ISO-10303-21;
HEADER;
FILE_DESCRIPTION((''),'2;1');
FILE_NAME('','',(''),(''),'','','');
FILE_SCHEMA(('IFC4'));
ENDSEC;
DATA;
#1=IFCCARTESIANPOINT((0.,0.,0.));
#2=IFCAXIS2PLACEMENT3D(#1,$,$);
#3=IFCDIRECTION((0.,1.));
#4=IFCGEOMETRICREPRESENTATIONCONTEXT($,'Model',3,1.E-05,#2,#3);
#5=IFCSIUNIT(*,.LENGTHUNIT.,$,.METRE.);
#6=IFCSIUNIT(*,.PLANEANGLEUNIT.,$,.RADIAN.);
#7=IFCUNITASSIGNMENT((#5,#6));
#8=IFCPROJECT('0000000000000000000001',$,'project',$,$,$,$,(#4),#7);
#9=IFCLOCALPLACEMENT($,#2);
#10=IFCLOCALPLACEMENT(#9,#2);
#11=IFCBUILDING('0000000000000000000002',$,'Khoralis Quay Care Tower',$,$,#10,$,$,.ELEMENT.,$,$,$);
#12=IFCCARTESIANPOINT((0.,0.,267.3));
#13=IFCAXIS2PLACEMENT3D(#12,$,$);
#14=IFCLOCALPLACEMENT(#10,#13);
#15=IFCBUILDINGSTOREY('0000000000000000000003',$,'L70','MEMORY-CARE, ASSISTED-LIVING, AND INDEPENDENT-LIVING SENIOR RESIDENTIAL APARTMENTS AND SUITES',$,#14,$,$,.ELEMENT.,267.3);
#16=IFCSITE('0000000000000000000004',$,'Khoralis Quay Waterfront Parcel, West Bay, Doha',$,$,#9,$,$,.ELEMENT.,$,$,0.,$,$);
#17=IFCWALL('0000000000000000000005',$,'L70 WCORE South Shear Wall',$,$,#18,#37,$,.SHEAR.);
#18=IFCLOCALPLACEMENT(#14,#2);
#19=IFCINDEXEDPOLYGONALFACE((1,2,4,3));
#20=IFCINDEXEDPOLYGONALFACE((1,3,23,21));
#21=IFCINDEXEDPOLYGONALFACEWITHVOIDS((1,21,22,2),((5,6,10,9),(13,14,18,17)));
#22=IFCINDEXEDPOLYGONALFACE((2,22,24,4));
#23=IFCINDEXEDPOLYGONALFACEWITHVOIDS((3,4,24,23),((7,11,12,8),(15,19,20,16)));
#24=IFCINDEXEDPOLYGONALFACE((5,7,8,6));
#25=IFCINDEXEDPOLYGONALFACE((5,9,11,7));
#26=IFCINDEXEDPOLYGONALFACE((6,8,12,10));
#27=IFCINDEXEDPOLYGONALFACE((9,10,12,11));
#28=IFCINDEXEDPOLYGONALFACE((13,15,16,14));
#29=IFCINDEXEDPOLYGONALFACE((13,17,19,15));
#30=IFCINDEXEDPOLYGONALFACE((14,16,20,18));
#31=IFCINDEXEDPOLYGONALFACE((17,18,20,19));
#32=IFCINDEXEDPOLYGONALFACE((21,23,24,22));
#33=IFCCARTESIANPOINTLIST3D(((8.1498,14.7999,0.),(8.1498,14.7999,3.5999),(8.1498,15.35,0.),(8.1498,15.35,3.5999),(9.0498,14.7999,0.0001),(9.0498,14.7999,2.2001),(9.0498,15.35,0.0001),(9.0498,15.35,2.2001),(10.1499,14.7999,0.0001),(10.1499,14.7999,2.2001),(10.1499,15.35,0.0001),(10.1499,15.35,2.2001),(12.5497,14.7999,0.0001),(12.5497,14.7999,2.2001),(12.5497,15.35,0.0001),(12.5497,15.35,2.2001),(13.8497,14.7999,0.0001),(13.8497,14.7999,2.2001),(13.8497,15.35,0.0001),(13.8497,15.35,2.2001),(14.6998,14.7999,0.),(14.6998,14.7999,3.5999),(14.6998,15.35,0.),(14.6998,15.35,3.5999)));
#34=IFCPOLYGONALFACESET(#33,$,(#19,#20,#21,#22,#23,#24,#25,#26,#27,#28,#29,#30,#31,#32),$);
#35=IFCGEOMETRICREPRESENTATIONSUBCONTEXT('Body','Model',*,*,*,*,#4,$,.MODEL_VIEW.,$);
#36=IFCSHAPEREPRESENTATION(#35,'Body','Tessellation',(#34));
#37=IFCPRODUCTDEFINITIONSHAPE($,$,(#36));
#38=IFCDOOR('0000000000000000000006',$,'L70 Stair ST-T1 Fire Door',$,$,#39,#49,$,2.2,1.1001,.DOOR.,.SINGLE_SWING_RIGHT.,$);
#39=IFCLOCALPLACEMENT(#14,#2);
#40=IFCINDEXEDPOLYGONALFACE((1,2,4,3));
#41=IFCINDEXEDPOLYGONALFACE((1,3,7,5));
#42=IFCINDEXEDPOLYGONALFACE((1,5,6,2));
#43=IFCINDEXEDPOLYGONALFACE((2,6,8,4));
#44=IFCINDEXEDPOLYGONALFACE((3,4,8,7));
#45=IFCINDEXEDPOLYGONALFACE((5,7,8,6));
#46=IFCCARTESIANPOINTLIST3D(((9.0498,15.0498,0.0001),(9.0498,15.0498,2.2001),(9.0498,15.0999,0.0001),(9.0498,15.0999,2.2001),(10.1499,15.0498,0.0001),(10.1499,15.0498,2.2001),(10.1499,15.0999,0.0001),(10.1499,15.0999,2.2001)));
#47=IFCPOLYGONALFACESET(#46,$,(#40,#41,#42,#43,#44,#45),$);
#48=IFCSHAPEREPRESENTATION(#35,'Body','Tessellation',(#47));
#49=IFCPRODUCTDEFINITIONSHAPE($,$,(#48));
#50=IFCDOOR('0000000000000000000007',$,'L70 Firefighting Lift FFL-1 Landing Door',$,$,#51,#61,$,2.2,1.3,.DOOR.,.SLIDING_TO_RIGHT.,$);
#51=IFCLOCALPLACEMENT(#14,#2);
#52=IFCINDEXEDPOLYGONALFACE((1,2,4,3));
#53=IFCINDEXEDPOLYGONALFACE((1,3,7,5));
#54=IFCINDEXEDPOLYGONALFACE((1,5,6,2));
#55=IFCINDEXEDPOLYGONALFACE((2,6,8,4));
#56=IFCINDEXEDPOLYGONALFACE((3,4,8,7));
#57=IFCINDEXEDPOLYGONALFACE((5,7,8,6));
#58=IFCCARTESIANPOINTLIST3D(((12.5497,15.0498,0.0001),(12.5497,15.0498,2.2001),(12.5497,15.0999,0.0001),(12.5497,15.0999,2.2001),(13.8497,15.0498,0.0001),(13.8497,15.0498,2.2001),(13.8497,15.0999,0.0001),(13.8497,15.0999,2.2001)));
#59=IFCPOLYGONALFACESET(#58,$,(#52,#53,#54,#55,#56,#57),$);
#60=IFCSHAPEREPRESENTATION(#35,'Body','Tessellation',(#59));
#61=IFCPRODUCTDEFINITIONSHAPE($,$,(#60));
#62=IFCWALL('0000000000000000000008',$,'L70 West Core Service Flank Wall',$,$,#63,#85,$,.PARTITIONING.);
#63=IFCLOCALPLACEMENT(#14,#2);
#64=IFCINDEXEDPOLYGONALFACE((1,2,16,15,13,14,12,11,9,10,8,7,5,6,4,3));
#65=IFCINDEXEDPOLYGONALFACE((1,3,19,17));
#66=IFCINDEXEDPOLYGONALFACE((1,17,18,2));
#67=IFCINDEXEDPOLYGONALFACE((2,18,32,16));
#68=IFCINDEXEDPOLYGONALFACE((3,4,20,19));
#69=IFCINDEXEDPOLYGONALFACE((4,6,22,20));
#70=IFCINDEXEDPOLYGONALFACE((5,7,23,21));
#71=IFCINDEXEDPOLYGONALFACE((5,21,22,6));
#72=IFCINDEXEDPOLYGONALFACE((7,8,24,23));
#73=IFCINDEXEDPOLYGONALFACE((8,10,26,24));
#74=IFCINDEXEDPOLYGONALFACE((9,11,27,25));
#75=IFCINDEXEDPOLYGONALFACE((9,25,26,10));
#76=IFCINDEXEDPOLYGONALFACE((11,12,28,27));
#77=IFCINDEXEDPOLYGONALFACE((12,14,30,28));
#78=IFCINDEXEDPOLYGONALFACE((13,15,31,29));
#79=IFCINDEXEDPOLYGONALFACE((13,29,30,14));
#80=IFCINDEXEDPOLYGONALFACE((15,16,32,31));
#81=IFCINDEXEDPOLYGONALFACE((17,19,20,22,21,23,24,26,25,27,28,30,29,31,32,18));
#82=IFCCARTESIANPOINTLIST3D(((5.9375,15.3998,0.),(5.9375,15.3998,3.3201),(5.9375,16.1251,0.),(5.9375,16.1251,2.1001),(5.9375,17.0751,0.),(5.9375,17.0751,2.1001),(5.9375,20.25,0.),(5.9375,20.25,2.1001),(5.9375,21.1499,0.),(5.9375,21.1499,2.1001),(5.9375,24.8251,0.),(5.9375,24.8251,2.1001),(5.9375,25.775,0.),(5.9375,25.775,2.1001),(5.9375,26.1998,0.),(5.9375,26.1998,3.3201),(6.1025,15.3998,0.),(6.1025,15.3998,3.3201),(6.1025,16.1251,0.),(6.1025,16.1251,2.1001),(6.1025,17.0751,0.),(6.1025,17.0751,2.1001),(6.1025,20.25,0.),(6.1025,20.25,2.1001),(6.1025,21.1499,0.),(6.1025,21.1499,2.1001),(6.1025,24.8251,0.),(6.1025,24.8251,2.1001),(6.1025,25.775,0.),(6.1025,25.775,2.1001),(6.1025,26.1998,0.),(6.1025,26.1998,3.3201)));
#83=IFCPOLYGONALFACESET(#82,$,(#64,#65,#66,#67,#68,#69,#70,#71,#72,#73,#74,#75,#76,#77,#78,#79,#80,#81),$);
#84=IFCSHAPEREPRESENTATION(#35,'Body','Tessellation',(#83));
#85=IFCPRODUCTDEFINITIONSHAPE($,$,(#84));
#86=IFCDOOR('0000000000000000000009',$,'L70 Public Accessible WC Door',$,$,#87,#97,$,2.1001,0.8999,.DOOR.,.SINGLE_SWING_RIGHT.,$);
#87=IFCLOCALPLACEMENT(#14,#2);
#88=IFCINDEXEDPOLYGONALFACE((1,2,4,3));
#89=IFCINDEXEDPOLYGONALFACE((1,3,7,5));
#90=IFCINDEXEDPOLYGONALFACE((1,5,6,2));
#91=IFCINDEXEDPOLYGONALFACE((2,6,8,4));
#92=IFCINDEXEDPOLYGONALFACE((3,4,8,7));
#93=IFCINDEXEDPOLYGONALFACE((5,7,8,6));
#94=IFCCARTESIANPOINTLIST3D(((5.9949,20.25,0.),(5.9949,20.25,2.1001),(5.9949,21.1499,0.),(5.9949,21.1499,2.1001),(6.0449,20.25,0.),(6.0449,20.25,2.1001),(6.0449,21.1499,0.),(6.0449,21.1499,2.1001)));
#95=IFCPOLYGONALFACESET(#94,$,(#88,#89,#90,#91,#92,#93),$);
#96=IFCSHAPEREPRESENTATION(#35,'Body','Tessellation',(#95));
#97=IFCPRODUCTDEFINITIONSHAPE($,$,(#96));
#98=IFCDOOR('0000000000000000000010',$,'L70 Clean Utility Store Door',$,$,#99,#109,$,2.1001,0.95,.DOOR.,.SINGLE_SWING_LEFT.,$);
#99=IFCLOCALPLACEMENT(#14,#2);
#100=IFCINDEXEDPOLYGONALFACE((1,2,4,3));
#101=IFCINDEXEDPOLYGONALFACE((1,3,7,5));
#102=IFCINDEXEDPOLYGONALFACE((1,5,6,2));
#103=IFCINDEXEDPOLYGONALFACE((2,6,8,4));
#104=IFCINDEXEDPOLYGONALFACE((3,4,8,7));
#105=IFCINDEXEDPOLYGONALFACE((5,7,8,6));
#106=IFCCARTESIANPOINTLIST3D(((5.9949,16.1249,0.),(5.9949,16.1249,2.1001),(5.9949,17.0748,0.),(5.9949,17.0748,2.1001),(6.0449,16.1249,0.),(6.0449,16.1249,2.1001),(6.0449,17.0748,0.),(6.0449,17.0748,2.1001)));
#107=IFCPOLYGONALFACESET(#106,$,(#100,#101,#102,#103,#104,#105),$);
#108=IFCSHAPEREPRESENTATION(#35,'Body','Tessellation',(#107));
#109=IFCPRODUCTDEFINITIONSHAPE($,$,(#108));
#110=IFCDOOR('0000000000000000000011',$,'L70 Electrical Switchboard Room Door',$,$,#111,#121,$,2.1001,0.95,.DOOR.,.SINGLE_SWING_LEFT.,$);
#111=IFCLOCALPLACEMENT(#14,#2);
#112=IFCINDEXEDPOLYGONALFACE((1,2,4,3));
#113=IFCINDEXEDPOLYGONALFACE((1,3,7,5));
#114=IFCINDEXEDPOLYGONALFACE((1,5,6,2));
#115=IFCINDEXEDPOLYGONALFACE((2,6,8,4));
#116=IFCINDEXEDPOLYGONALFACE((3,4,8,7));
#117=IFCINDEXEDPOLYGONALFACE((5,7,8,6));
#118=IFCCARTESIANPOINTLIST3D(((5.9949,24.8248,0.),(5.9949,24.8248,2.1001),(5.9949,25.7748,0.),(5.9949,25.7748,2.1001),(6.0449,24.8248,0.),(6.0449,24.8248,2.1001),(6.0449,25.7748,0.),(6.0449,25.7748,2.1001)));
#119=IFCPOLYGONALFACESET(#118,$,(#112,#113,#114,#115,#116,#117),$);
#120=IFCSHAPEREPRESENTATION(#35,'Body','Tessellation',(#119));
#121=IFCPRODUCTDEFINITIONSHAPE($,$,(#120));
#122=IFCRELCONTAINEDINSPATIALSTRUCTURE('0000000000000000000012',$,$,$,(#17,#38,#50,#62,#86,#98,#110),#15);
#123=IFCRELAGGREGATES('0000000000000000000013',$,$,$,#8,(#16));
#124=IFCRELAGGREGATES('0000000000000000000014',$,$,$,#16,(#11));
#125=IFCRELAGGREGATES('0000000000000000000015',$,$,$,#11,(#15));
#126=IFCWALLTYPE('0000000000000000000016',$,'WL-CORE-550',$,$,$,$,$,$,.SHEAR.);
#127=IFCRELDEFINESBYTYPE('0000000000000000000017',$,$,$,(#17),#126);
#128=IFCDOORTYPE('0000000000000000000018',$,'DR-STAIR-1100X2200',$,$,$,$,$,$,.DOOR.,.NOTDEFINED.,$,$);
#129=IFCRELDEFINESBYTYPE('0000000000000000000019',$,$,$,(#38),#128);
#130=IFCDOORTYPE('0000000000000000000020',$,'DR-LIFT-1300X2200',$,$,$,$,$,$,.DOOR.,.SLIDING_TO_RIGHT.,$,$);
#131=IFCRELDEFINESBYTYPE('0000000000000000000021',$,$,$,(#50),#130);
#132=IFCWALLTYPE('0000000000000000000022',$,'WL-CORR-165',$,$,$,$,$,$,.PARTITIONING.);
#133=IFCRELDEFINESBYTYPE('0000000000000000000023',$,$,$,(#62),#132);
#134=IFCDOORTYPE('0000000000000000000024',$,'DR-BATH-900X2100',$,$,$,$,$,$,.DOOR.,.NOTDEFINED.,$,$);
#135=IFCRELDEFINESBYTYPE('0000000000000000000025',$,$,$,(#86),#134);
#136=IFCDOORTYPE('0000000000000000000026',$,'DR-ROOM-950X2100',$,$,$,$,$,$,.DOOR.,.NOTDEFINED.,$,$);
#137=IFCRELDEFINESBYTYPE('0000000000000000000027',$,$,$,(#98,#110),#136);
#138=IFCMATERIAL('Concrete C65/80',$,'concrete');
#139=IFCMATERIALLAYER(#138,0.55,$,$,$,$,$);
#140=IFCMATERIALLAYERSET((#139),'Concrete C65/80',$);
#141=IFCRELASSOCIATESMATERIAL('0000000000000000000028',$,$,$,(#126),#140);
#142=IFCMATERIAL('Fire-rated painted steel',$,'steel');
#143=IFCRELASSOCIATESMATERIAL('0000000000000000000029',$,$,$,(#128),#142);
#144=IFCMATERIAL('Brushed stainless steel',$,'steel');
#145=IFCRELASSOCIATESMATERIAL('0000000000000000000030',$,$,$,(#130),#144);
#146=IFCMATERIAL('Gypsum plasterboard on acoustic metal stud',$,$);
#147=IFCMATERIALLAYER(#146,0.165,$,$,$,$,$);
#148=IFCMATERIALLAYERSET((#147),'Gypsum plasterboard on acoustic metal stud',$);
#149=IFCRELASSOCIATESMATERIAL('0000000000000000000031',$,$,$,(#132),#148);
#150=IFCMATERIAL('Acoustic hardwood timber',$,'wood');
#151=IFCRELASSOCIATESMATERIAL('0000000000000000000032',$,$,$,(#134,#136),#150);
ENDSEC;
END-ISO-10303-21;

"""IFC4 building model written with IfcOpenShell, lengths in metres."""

from ifc_helpers import new_model, si_unit, direction, frame, frame_2d, origin, place, context, subcontext, project, spatial, rectangle, extrude, source, transform, mapped, material, layer, layer_set, type_object, element, fill, save


model = new_model("IFC4")

# Units and contexts
model_context = context("Model", 3, precision=1e-05, world=origin(), true_north=direction((0.0, 1.0)))
body_context = subcontext(model_context, "Body", "Model", "MODEL_VIEW")
ifc_project = project(units=[si_unit("LENGTHUNIT", "METRE"), si_unit("PLANEANGLEUNIT", "RADIAN")], contexts=[model_context])

# Site, building, storey
site_placement = place(None, origin())
site = spatial("IfcSite", under=ifc_project, at=site_placement, Name="Khoralis Quay Waterfront Parcel, West Bay, Doha", CompositionType="ELEMENT", RefElevation=0.0)
building_placement = place(site_placement, origin())
building = spatial("IfcBuilding", under=site, at=building_placement, Name="Khoralis Quay Care Tower", CompositionType="ELEMENT")
storey_placement = place(building_placement, frame((0.0, 0.0, 267.3)))
storey = spatial("IfcBuildingStorey", under=building, at=storey_placement, Name="L70", Description="MEMORY-CARE, ASSISTED-LIVING, AND INDEPENDENT-LIVING SENIOR RESIDENTIAL APARTMENTS AND SUITES", CompositionType="ELEMENT", Elevation=267.3)

# Shared definitions
ifc_material_1 = material(Name="Concrete C65/80", Category="concrete")
ifc_layer_1 = layer(ifc_material_1, 0.55)
ifc_layer_set_1 = layer_set([ifc_layer_1], Name="Concrete C65/80")
wall_type_1 = type_object("IfcWallType", Name="WL-CORE-550", PredefinedType="SHEAR", material=ifc_layer_set_1)

# Walls, openings, doors
wall_1_placement = place(storey_placement, frame((8.1499, 15.075, 0.0), z_axis=(0.0, 0.0, 1.0), x_axis=(1.0, 0.0, 0.0)))
wall_1 = element("IfcWall", 1, at=wall_1_placement, inside=storey, type_object=wall_type_1, Name="L70 WCORE South Shear Wall", PredefinedType="SHEAR", context=body_context, shape_type="SweptSolid", body=[
    extrude(rectangle(XDim=6.55, YDim=0.55, at=frame_2d((3.2749, 0.0))), origin(), (0.0, 0.0, 1.0), 3.5999),
])
opening_1_placement = place(wall_1_placement, frame((0.8999, 0.0, 0.0)))
opening_1 = element("IfcOpeningElement", 2, at=opening_1_placement, cuts=wall_1, PredefinedType="OPENING", context=body_context, shape_type="SweptSolid", body=[
    extrude(rectangle(XDim=1.1001, YDim=2.2, at=frame_2d((0.55, 1.1001))), frame((0.0, 0.2852, 0.0), z_axis=(0.0, -1.0, 0.0), x_axis=(1.0, 0.0, 0.0)), (0.0, 0.0, 1.0), 0.5701),
])
opening_2_placement = place(wall_1_placement, frame((4.3999, 0.0, 0.0)))
opening_2 = element("IfcOpeningElement", 3, at=opening_2_placement, cuts=wall_1, PredefinedType="OPENING", context=body_context, shape_type="SweptSolid", body=[
    extrude(rectangle(XDim=1.3, YDim=2.2, at=frame_2d((0.6499, 1.1001))), frame((0.0, 0.2852, 0.0), z_axis=(0.0, -1.0, 0.0), x_axis=(1.0, 0.0, 0.0)), (0.0, 0.0, 1.0), 0.5701),
])
ifc_material_2 = material(Name="Fire-rated painted steel", Category="steel")
door_type_1 = type_object("IfcDoorType", Name="DR-STAIR-1100X2200", OperationType="NOTDEFINED", PredefinedType="DOOR", material=ifc_material_2)
shared_shape_1 = source(origin(), body_context, "Body", "SweptSolid", [
    extrude(rectangle(XDim=1.1001, YDim=2.2, at=frame_2d((0.55, 1.1001))), frame((0.0, 0.0249, 0.0), z_axis=(0.0, -1.0, 0.0), x_axis=(1.0, 0.0, 0.0)), (0.0, 0.0, 1.0), 0.05),
])
door_1_placement = place(opening_1_placement, origin())
door_1 = element("IfcDoor", 4, at=door_1_placement, inside=storey, type_object=door_type_1, Name="L70 Stair ST-T1 Fire Door", OperationType="SINGLE_SWING_RIGHT", OverallHeight=2.2, OverallWidth=1.1001, PredefinedType="DOOR", context=body_context, shape_type="MappedRepresentation", body=[
    mapped(shared_shape_1, transform((0.0, 0.0, 0.0), scale=1.0)),
])
fill(opening_1, door_1)
ifc_material_3 = material(Name="Brushed stainless steel", Category="steel")
door_type_2 = type_object("IfcDoorType", Name="DR-LIFT-1300X2200", OperationType="SLIDING_TO_RIGHT", PredefinedType="DOOR", material=ifc_material_3)
shared_shape_2 = source(origin(), body_context, "Body", "SweptSolid", [
    extrude(rectangle(XDim=1.3, YDim=2.2, at=frame_2d((0.6499, 1.1001))), frame((0.0, 0.0249, 0.0), z_axis=(0.0, -1.0, 0.0), x_axis=(1.0, 0.0, 0.0)), (0.0, 0.0, 1.0), 0.05),
])
door_2_placement = place(opening_2_placement, origin())
door_2 = element("IfcDoor", 5, at=door_2_placement, inside=storey, type_object=door_type_2, Name="L70 Firefighting Lift FFL-1 Landing Door", OperationType="SLIDING_TO_RIGHT", OverallHeight=2.2, OverallWidth=1.3, PredefinedType="DOOR", context=body_context, shape_type="MappedRepresentation", body=[
    mapped(shared_shape_2, transform((0.0, 0.0, 0.0), scale=1.0)),
])
fill(opening_2, door_2)
ifc_material_4 = material(Name="Gypsum plasterboard on acoustic metal stud")
ifc_layer_2 = layer(ifc_material_4, 0.165)
ifc_layer_set_2 = layer_set([ifc_layer_2], Name="Gypsum plasterboard on acoustic metal stud")
wall_type_2 = type_object("IfcWallType", Name="WL-CORR-165", PredefinedType="PARTITIONING", material=ifc_layer_set_2)
wall_2_placement = place(storey_placement, frame((6.02, 15.3999, 0.0), z_axis=(0.0, 0.0, 1.0), x_axis=(0.0, 1.0, 0.0)))
wall_2 = element("IfcWall", 6, at=wall_2_placement, inside=storey, type_object=wall_type_2, Name="L70 West Core Service Flank Wall", PredefinedType="PARTITIONING", context=body_context, shape_type="SweptSolid", body=[
    extrude(rectangle(XDim=10.8, YDim=0.165, at=frame_2d((5.3999, 0.0))), origin(), (0.0, 0.0, 1.0), 3.3201),
])
opening_3_placement = place(wall_2_placement, frame((0.7251, 0.0, 0.0)))
opening_3 = element("IfcOpeningElement", 7, at=opening_3_placement, cuts=wall_2, PredefinedType="OPENING", context=body_context, shape_type="SweptSolid", body=[
    extrude(rectangle(XDim=0.95, YDim=2.1001, at=frame_2d((0.4751, 1.05))), frame((0.0, 0.0925, 0.0), z_axis=(0.0, -1.0, 0.0), x_axis=(1.0, 0.0, 0.0)), (0.0, 0.0, 1.0), 0.1851),
])
opening_4_placement = place(wall_2_placement, frame((4.8501, 0.0, 0.0)))
opening_4 = element("IfcOpeningElement", 8, at=opening_4_placement, cuts=wall_2, PredefinedType="OPENING", context=body_context, shape_type="SweptSolid", body=[
    extrude(rectangle(XDim=0.8999, YDim=2.1001, at=frame_2d((0.45, 1.05))), frame((0.0, 0.0925, 0.0), z_axis=(0.0, -1.0, 0.0), x_axis=(1.0, 0.0, 0.0)), (0.0, 0.0, 1.0), 0.1851),
])
opening_5_placement = place(wall_2_placement, frame((9.425, 0.0, 0.0)))
opening_5 = element("IfcOpeningElement", 9, at=opening_5_placement, cuts=wall_2, PredefinedType="OPENING", context=body_context, shape_type="SweptSolid", body=[
    extrude(rectangle(XDim=0.95, YDim=2.1001, at=frame_2d((0.4751, 1.05))), frame((0.0, 0.0925, 0.0), z_axis=(0.0, -1.0, 0.0), x_axis=(1.0, 0.0, 0.0)), (0.0, 0.0, 1.0), 0.1851),
])
ifc_material_5 = material(Name="Acoustic hardwood timber", Category="wood")
door_type_3 = type_object("IfcDoorType", Name="DR-BATH-900X2100", OperationType="NOTDEFINED", PredefinedType="DOOR", material=ifc_material_5)
shared_shape_3 = source(origin(), body_context, "Body", "SweptSolid", [
    extrude(rectangle(XDim=0.8999, YDim=2.1001, at=frame_2d((0.45, 1.05))), frame((0.0, 0.0249, 0.0), z_axis=(0.0, -1.0, 0.0), x_axis=(1.0, 0.0, 0.0)), (0.0, 0.0, 1.0), 0.05),
])
door_3_placement = place(opening_4_placement, frame((0.8999, 0.0, 0.0), z_axis=(0.0, 0.0, 1.0), x_axis=(-1.0, 0.0, 0.0)))
door_3 = element("IfcDoor", 10, at=door_3_placement, inside=storey, type_object=door_type_3, Name="L70 Public Accessible WC Door", OperationType="SINGLE_SWING_RIGHT", OverallHeight=2.1001, OverallWidth=0.8999, PredefinedType="DOOR", context=body_context, shape_type="MappedRepresentation", body=[
    mapped(shared_shape_3, transform((0.0, 0.0, 0.0), scale=1.0)),
])
fill(opening_4, door_3)
door_type_4 = type_object("IfcDoorType", Name="DR-ROOM-950X2100", OperationType="NOTDEFINED", PredefinedType="DOOR", material=ifc_material_5)
shared_shape_4 = source(origin(), body_context, "Body", "SweptSolid", [
    extrude(rectangle(XDim=0.95, YDim=2.1001, at=frame_2d((0.4751, 1.05))), frame((0.0, 0.0249, 0.0), z_axis=(0.0, -1.0, 0.0), x_axis=(1.0, 0.0, 0.0)), (0.0, 0.0, 1.0), 0.05),
])
door_4_placement = place(opening_3_placement, frame((0.95, 0.0, 0.0), z_axis=(0.0, 0.0, 1.0), x_axis=(-1.0, 0.0, 0.0)))
door_4 = element("IfcDoor", 11, at=door_4_placement, inside=storey, type_object=door_type_4, Name="L70 Clean Utility Store Door", OperationType="SINGLE_SWING_LEFT", OverallHeight=2.1001, OverallWidth=0.95, PredefinedType="DOOR", context=body_context, shape_type="MappedRepresentation", body=[
    mapped(shared_shape_4, transform((0.0, 0.0, 0.0), scale=1.0)),
])
fill(opening_3, door_4)
door_5_placement = place(opening_5_placement, frame((0.95, 0.0, 0.0), z_axis=(0.0, 0.0, 1.0), x_axis=(-1.0, 0.0, 0.0)))
door_5 = element("IfcDoor", 12, at=door_5_placement, inside=storey, type_object=door_type_4, Name="L70 Electrical Switchboard Room Door", OperationType="SINGLE_SWING_LEFT", OverallHeight=2.1001, OverallWidth=0.95, PredefinedType="DOOR", context=body_context, shape_type="MappedRepresentation", body=[
    mapped(shared_shape_4, transform((0.0, 0.0, 0.0), scale=1.0)),
])
fill(opening_5, door_5)

save(model, "model.ifc")
